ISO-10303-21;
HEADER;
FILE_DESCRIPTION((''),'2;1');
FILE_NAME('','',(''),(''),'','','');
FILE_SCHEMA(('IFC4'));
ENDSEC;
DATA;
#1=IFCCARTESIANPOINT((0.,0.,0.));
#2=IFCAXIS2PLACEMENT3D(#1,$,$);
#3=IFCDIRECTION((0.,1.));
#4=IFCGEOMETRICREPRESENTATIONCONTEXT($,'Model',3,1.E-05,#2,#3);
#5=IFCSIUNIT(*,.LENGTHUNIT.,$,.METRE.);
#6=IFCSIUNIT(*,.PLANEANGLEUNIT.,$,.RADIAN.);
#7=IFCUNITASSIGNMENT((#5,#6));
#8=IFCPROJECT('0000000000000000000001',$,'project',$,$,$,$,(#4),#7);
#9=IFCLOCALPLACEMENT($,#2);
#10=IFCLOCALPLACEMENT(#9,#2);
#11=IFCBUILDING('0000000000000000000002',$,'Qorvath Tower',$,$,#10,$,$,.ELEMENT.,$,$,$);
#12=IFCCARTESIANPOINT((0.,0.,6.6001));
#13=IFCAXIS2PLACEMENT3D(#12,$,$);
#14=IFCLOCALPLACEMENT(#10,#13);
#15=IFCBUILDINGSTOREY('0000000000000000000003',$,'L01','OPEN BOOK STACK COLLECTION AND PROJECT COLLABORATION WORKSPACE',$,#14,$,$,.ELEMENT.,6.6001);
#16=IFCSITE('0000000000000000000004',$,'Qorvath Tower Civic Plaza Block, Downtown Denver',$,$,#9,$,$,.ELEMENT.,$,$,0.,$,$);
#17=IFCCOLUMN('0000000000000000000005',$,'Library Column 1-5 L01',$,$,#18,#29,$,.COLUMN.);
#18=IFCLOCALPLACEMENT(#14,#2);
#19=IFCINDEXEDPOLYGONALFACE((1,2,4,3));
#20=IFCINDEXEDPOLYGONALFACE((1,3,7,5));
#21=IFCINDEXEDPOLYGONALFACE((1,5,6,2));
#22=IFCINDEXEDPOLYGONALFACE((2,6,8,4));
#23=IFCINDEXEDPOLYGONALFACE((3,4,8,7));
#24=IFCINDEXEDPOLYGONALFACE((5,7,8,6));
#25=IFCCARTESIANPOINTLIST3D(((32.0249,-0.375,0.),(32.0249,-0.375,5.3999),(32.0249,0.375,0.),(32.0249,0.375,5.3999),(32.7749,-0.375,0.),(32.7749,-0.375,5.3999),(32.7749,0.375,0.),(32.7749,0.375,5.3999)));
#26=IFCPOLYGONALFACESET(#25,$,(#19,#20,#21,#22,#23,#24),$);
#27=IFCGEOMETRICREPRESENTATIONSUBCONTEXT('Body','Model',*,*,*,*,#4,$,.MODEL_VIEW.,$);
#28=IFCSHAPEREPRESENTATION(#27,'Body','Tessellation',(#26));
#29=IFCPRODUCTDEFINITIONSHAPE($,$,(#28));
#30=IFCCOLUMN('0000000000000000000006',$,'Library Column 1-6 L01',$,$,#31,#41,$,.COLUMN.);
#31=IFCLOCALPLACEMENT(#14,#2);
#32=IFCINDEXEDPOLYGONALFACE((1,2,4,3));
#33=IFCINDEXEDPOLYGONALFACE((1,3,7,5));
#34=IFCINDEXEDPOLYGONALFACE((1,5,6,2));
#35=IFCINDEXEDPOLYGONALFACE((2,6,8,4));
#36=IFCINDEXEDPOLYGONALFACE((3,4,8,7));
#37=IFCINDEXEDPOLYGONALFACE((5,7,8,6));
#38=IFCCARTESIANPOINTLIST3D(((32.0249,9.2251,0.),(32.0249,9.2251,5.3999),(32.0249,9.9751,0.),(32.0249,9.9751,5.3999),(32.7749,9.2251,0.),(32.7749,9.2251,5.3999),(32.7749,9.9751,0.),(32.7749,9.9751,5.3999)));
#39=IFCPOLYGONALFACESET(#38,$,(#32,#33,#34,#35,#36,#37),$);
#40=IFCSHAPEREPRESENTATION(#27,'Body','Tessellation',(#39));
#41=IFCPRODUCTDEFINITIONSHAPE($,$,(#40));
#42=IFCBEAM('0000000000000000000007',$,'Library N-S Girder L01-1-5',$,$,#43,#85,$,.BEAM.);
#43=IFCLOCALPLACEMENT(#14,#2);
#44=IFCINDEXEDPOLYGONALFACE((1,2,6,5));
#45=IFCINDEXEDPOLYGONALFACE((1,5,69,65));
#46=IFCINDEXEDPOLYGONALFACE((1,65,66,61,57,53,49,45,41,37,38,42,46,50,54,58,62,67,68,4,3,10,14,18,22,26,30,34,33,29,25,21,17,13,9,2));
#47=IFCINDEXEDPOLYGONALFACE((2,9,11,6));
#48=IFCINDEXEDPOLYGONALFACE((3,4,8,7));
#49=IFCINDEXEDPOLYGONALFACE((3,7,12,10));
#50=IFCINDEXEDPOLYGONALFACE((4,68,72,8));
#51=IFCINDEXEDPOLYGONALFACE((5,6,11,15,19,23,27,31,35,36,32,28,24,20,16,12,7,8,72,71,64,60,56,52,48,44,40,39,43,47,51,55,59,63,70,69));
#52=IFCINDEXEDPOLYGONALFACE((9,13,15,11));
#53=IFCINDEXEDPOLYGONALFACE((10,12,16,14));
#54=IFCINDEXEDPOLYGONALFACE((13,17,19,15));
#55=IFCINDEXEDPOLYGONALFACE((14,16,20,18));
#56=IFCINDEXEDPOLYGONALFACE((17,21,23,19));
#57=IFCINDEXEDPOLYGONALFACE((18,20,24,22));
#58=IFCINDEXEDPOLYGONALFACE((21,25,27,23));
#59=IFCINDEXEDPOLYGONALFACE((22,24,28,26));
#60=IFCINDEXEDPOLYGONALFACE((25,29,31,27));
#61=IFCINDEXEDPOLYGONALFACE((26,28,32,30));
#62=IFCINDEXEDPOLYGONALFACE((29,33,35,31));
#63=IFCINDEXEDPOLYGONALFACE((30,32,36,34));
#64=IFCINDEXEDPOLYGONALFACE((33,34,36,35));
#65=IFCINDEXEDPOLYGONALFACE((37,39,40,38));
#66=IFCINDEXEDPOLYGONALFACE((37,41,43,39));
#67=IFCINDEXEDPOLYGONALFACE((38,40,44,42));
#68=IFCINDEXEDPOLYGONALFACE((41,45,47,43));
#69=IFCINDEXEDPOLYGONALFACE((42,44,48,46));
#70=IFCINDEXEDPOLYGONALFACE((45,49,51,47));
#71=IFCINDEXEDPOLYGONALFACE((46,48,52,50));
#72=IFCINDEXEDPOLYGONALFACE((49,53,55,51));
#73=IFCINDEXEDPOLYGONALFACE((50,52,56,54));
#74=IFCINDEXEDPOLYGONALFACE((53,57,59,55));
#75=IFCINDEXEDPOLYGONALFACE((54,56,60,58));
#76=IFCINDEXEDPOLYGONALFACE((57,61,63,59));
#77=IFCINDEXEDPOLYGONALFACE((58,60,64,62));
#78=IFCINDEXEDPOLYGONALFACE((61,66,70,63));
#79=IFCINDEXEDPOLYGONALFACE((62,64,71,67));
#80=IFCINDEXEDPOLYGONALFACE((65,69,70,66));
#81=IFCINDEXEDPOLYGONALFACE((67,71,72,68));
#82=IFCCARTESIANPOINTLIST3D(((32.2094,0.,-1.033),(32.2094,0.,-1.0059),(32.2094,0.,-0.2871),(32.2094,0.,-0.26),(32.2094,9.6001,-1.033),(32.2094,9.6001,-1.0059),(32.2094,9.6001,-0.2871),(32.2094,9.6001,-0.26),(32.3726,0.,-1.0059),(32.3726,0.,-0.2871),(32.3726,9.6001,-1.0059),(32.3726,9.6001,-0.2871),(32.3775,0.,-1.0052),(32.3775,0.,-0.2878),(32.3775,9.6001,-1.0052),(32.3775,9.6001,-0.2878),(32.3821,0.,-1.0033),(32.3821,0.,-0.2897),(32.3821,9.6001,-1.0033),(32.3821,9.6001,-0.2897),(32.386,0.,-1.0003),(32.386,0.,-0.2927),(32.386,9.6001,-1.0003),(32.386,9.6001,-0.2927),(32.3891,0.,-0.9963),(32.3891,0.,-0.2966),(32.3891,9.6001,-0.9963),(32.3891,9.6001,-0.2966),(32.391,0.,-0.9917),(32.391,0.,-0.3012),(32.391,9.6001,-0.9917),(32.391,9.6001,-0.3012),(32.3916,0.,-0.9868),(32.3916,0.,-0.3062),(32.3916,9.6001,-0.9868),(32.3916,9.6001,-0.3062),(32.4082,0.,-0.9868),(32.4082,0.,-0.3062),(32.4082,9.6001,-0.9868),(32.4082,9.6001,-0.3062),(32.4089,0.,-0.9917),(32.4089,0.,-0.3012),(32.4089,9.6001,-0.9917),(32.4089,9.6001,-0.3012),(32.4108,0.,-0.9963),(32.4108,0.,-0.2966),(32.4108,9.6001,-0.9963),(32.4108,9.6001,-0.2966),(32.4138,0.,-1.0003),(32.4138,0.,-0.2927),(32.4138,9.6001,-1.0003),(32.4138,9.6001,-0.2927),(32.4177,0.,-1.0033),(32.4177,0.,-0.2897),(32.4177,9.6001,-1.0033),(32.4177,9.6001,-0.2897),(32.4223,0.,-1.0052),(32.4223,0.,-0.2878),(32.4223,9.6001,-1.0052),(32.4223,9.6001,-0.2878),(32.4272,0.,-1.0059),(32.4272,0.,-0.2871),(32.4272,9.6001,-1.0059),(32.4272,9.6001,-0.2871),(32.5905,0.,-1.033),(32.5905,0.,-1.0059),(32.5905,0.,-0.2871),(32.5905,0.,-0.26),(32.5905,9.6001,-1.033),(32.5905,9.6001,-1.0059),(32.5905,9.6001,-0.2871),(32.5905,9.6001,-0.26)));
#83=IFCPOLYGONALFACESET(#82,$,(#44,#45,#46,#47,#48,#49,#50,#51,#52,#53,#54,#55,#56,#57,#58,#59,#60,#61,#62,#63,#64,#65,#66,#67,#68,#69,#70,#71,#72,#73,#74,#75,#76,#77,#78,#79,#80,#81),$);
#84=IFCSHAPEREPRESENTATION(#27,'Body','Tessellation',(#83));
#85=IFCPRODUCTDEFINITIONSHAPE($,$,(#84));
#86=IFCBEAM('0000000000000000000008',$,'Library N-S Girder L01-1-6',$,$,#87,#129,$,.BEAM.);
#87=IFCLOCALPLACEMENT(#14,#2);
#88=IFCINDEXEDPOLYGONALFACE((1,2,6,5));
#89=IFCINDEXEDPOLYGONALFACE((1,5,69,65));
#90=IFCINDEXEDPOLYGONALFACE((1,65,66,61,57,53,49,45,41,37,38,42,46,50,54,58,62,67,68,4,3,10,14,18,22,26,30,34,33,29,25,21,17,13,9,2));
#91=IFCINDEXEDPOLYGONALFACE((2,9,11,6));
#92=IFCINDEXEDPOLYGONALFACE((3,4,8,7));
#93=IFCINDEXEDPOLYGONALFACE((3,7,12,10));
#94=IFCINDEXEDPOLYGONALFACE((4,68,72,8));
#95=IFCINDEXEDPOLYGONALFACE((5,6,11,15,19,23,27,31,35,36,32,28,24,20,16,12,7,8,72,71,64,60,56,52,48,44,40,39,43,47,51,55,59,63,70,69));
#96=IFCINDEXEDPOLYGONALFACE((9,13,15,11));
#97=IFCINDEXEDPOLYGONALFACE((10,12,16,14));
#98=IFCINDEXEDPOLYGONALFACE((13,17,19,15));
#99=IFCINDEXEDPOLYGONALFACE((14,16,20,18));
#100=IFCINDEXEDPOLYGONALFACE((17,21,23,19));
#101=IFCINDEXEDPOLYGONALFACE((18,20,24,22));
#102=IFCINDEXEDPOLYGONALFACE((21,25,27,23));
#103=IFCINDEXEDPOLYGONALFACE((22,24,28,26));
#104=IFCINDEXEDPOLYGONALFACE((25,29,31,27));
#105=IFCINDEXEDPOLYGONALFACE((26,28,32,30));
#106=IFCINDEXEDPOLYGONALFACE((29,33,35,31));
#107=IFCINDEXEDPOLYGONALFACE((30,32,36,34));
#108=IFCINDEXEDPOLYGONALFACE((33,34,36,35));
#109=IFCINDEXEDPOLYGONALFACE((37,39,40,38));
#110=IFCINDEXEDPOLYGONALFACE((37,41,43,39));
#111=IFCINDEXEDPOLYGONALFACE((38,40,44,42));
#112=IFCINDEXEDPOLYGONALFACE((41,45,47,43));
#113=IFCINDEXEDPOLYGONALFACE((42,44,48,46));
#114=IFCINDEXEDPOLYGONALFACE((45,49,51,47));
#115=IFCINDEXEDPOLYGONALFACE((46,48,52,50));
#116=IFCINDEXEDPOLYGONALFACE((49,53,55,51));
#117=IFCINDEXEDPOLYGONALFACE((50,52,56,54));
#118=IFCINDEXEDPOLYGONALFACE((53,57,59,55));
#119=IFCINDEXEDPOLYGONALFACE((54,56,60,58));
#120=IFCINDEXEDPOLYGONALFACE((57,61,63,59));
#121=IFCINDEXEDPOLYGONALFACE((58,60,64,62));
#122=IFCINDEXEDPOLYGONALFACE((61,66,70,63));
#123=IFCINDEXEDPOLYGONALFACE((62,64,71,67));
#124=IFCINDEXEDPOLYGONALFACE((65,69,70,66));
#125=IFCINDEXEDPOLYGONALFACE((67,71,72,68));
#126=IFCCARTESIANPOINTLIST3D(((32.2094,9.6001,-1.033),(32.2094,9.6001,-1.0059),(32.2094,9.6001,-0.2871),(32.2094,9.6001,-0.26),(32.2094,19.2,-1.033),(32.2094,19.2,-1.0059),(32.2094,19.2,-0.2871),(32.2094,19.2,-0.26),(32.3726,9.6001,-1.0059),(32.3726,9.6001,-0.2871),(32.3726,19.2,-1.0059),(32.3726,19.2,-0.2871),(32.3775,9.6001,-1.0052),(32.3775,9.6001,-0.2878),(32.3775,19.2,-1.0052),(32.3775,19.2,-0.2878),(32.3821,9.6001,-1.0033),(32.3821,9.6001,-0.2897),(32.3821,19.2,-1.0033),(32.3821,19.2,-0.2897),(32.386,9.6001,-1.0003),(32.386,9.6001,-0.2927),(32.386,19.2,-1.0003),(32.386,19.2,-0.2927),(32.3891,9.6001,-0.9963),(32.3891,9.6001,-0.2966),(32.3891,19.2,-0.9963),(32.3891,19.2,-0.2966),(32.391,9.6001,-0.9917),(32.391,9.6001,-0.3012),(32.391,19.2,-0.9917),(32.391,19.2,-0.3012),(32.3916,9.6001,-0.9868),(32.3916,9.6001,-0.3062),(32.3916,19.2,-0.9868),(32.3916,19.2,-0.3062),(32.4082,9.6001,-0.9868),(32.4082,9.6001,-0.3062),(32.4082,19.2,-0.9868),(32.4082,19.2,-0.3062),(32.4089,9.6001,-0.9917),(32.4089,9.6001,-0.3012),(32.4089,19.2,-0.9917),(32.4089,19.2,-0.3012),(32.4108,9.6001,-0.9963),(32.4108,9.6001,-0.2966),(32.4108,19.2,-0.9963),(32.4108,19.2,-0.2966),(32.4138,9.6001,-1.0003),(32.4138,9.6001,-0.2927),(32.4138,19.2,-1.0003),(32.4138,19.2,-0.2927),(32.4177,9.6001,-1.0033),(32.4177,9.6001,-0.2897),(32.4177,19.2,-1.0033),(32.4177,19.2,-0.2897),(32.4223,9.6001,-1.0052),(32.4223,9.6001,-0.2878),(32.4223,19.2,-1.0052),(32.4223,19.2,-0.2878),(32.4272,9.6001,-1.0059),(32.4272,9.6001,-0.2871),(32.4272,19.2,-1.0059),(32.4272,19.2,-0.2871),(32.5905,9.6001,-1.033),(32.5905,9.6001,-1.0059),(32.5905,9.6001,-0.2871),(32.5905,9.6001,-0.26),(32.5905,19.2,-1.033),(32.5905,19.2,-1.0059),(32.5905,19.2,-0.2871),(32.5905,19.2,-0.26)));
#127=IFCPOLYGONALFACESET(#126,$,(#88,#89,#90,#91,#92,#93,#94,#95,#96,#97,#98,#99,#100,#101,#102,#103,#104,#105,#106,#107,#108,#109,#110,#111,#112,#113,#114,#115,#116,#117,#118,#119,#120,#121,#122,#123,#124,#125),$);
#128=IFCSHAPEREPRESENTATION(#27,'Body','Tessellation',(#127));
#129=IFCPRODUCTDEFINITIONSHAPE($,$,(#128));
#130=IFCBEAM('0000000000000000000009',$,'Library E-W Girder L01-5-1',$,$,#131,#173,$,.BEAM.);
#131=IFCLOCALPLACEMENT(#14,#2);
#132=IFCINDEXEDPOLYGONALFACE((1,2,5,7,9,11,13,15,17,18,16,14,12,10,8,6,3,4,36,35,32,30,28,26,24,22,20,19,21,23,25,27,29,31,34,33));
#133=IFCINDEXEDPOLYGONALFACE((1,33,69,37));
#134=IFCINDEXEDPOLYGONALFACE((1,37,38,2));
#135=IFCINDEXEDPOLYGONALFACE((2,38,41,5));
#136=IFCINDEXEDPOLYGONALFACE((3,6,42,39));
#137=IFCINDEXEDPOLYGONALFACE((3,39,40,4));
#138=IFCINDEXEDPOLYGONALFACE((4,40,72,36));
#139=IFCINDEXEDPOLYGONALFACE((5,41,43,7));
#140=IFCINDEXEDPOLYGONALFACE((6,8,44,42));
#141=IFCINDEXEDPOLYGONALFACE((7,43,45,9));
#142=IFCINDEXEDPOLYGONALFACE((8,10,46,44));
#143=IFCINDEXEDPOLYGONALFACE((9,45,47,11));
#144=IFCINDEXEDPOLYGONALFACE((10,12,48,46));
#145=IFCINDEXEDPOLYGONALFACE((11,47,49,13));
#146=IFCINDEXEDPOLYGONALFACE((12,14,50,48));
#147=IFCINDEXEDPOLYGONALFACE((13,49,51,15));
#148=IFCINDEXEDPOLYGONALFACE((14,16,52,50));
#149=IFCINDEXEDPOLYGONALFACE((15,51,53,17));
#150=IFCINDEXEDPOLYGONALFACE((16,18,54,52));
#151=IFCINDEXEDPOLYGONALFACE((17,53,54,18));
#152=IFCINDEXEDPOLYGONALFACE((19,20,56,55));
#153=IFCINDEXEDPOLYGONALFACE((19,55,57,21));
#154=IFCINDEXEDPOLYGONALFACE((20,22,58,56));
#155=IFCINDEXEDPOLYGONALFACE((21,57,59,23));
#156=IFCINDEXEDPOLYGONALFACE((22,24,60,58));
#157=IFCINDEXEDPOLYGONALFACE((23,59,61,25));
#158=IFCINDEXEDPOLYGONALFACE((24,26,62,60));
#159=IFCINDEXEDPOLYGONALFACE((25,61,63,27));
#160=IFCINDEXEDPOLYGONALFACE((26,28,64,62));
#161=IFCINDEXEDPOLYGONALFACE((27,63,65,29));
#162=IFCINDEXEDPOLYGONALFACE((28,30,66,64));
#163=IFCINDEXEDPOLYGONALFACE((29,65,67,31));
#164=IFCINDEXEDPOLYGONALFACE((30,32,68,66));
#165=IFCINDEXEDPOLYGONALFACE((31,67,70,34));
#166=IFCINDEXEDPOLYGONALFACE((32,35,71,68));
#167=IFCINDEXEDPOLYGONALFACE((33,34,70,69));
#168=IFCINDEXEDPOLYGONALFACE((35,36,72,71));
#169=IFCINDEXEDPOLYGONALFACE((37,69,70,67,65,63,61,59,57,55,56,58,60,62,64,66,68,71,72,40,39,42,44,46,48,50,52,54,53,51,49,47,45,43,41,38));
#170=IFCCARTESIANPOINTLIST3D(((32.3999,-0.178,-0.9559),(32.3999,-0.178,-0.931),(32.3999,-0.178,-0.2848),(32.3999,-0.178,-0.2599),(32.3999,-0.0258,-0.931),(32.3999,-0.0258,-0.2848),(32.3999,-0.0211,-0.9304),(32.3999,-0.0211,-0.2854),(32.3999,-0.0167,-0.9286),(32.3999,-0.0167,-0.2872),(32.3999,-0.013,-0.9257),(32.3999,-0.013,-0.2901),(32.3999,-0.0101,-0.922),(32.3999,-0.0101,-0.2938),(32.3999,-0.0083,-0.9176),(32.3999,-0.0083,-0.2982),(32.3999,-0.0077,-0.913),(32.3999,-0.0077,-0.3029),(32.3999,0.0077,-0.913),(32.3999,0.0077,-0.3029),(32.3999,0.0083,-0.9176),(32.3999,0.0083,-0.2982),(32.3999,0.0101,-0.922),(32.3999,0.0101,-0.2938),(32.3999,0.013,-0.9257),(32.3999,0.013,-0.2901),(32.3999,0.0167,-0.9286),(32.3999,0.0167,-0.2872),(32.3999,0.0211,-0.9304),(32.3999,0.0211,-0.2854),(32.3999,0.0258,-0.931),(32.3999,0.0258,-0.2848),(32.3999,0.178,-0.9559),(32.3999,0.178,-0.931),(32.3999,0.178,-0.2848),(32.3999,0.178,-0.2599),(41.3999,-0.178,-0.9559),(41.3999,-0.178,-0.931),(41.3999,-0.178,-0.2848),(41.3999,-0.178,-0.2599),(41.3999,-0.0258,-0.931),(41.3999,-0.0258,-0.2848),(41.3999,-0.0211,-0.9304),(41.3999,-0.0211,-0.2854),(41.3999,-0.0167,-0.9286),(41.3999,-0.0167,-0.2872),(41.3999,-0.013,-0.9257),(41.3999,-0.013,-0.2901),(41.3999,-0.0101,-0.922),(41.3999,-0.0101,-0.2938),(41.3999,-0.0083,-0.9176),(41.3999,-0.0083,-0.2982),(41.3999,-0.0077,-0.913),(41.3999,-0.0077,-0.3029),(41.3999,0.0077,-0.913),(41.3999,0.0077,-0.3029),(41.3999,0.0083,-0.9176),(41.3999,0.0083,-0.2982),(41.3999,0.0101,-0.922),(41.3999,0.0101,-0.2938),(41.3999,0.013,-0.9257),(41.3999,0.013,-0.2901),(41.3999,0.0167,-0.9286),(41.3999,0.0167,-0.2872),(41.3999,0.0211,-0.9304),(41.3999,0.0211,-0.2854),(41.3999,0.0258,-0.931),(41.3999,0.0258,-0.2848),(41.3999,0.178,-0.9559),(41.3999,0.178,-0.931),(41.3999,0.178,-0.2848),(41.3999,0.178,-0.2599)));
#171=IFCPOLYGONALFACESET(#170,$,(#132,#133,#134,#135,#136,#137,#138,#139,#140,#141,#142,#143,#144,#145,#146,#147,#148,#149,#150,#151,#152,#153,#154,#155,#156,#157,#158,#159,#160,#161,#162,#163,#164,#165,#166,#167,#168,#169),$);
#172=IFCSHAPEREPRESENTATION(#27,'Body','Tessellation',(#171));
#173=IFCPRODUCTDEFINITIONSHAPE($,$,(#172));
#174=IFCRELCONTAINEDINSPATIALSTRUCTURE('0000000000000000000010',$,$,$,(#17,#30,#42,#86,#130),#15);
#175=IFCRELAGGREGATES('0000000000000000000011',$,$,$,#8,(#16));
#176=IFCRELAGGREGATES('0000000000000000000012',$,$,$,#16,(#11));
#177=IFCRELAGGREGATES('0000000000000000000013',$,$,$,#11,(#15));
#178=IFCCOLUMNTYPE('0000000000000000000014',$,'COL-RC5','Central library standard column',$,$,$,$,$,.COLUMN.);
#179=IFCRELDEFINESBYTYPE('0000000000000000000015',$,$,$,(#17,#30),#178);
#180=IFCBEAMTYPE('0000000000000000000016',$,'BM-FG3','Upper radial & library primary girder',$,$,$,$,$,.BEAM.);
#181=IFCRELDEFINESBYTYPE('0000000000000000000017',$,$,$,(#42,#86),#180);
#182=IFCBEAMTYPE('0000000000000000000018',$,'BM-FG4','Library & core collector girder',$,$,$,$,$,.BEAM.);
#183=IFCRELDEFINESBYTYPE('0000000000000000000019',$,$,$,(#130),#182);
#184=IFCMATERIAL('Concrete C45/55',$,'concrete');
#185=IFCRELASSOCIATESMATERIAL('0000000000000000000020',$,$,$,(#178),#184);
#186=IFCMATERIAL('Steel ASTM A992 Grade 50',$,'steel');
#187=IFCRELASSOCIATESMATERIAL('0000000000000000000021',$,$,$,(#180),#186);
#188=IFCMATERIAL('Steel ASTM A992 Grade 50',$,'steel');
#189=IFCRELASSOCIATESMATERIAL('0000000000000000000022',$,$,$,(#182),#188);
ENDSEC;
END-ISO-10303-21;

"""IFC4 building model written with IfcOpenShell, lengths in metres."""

from ifc_helpers import new_model, si_unit, direction, frame, origin, origin_2d, place, context, subcontext, project, spatial, rectangle, i_section, extrude, material, material_profile, profile_set, type_object, element, save


model = new_model("IFC4")

# Units and contexts
model_context = context("Model", 3, precision=1e-05, world=origin(), true_north=direction((0.0, 1.0)))
body_context = subcontext(model_context, "Body", "Model", "MODEL_VIEW")
ifc_project = project(units=[si_unit("LENGTHUNIT", "METRE"), si_unit("PLANEANGLEUNIT", "RADIAN")], contexts=[model_context])

# Site, building, storey
site_placement = place(None, origin())
site = spatial("IfcSite", under=ifc_project, at=site_placement, Name="Qorvath Tower Civic Plaza Block, Downtown Denver", CompositionType="ELEMENT", RefElevation=0.0)
building_placement = place(site_placement, origin())
building = spatial("IfcBuilding", under=site, at=building_placement, Name="Qorvath Tower", CompositionType="ELEMENT")
storey_placement = place(building_placement, frame((0.0, 0.0, 6.6001)))
storey = spatial("IfcBuildingStorey", under=building, at=storey_placement, Name="L01", Description="OPEN BOOK STACK COLLECTION AND PROJECT COLLABORATION WORKSPACE", CompositionType="ELEMENT", Elevation=6.6001)

# Columns
ifc_material_1 = material(Name="Concrete C45/55", Category="concrete")
ifc_material_profile_1 = material_profile(ifc_material_1, rectangle(XDim=0.75, YDim=0.75, at=origin_2d()), Name="RC 750x750")
ifc_profile_set_1 = profile_set([ifc_material_profile_1], Name="Concrete C45/55")
column_type = type_object("IfcColumnType", Name="COL-RC5", Description="Central library standard column", PredefinedType="COLUMN", material=ifc_profile_set_1)
for number, where, z_axis, x_axis, name in (
    (1, (32.3999, 0.0, 0.0), (0.0, 0.0, 1.0), (1.0, 0.0, 0.0), "Library Column 1-5 L01"),
    (2, (32.3999, 9.6001, 0.0), (0.0, 0.0, 1.0), (1.0, 0.0, 0.0), "Library Column 1-6 L01"),
):
    element("IfcColumn", number, at=place(storey_placement, frame(where, z_axis=z_axis, x_axis=x_axis)), inside=storey, type_object=column_type, Name=name, PredefinedType="COLUMN", context=body_context, shape_type="SweptSolid", body=[
        extrude(rectangle(XDim=0.75, YDim=0.75, at=origin_2d()), origin(), (0.0, 0.0, 1.0), 5.3999),
    ])

# Beams
ifc_material_2 = material(Name="Steel ASTM A992 Grade 50", Category="steel")
ifc_material_profile_2 = material_profile(ifc_material_2, i_section(OverallWidth=0.3811, OverallDepth=0.7729, WebThickness=0.0166, FlangeThickness=0.0271, FilletRadius=0.019, at=origin_2d()), Name="W30x173")
ifc_profile_set_2 = profile_set([ifc_material_profile_2], Name="Steel ASTM A992 Grade 50")
beam_type_1 = type_object("IfcBeamType", Name="BM-FG3", Description="Upper radial & library primary girder", PredefinedType="BEAM", material=ifc_profile_set_2)
beam_1_placement = place(storey_placement, frame((32.3999, 0.0, -0.6465), z_axis=(0.0, 1.0, 0.0), x_axis=(-1.0, 0.0, 0.0)))
element("IfcBeam", 3, at=beam_1_placement, inside=storey, type_object=beam_type_1, Name="Library N-S Girder L01-1-5", PredefinedType="BEAM", context=body_context, shape_type="SweptSolid", body=[
    extrude(i_section(OverallWidth=0.3811, OverallDepth=0.7729, WebThickness=0.0166, FlangeThickness=0.0271, FilletRadius=0.019, at=origin_2d()), origin(), (0.0, 0.0, 1.0), 9.6001),
])
beam_2_placement = place(storey_placement, frame((32.3999, 9.6001, -0.6465), z_axis=(0.0, 1.0, 0.0), x_axis=(-1.0, 0.0, 0.0)))
element("IfcBeam", 4, at=beam_2_placement, inside=storey, type_object=beam_type_1, Name="Library N-S Girder L01-1-6", PredefinedType="BEAM", context=body_context, shape_type="SweptSolid", body=[
    extrude(i_section(OverallWidth=0.3811, OverallDepth=0.7729, WebThickness=0.0166, FlangeThickness=0.0271, FilletRadius=0.019, at=origin_2d()), origin(), (0.0, 0.0, 1.0), 9.5999),
])
ifc_material_3 = material(Name="Steel ASTM A992 Grade 50", Category="steel")
ifc_material_profile_3 = material_profile(ifc_material_3, i_section(OverallWidth=0.356, OverallDepth=0.696, WebThickness=0.0154, FlangeThickness=0.0249, FilletRadius=0.0181, at=origin_2d()), Name="W27x146")
ifc_profile_set_3 = profile_set([ifc_material_profile_3], Name="Steel ASTM A992 Grade 50")
beam_type_2 = type_object("IfcBeamType", Name="BM-FG4", Description="Library & core collector girder", PredefinedType="BEAM", material=ifc_profile_set_3)
for number, where, z_axis, x_axis, name in (
    (5, (32.3999, 0.0, -0.6079), (1.0, 0.0, 0.0), (0.0, 1.0, 0.0), "Library E-W Girder L01-5-1"),
):
    element("IfcBeam", number, at=place(storey_placement, frame(where, z_axis=z_axis, x_axis=x_axis)), inside=storey, type_object=beam_type_2, Name=name, PredefinedType="BEAM", context=body_context, shape_type="SweptSolid", body=[
        extrude(i_section(OverallWidth=0.356, OverallDepth=0.696, WebThickness=0.0154, FlangeThickness=0.0249, FilletRadius=0.0181, at=origin_2d()), origin(), (0.0, 0.0, 1.0), 9.0),
    ])

save(model, "model.ifc")
